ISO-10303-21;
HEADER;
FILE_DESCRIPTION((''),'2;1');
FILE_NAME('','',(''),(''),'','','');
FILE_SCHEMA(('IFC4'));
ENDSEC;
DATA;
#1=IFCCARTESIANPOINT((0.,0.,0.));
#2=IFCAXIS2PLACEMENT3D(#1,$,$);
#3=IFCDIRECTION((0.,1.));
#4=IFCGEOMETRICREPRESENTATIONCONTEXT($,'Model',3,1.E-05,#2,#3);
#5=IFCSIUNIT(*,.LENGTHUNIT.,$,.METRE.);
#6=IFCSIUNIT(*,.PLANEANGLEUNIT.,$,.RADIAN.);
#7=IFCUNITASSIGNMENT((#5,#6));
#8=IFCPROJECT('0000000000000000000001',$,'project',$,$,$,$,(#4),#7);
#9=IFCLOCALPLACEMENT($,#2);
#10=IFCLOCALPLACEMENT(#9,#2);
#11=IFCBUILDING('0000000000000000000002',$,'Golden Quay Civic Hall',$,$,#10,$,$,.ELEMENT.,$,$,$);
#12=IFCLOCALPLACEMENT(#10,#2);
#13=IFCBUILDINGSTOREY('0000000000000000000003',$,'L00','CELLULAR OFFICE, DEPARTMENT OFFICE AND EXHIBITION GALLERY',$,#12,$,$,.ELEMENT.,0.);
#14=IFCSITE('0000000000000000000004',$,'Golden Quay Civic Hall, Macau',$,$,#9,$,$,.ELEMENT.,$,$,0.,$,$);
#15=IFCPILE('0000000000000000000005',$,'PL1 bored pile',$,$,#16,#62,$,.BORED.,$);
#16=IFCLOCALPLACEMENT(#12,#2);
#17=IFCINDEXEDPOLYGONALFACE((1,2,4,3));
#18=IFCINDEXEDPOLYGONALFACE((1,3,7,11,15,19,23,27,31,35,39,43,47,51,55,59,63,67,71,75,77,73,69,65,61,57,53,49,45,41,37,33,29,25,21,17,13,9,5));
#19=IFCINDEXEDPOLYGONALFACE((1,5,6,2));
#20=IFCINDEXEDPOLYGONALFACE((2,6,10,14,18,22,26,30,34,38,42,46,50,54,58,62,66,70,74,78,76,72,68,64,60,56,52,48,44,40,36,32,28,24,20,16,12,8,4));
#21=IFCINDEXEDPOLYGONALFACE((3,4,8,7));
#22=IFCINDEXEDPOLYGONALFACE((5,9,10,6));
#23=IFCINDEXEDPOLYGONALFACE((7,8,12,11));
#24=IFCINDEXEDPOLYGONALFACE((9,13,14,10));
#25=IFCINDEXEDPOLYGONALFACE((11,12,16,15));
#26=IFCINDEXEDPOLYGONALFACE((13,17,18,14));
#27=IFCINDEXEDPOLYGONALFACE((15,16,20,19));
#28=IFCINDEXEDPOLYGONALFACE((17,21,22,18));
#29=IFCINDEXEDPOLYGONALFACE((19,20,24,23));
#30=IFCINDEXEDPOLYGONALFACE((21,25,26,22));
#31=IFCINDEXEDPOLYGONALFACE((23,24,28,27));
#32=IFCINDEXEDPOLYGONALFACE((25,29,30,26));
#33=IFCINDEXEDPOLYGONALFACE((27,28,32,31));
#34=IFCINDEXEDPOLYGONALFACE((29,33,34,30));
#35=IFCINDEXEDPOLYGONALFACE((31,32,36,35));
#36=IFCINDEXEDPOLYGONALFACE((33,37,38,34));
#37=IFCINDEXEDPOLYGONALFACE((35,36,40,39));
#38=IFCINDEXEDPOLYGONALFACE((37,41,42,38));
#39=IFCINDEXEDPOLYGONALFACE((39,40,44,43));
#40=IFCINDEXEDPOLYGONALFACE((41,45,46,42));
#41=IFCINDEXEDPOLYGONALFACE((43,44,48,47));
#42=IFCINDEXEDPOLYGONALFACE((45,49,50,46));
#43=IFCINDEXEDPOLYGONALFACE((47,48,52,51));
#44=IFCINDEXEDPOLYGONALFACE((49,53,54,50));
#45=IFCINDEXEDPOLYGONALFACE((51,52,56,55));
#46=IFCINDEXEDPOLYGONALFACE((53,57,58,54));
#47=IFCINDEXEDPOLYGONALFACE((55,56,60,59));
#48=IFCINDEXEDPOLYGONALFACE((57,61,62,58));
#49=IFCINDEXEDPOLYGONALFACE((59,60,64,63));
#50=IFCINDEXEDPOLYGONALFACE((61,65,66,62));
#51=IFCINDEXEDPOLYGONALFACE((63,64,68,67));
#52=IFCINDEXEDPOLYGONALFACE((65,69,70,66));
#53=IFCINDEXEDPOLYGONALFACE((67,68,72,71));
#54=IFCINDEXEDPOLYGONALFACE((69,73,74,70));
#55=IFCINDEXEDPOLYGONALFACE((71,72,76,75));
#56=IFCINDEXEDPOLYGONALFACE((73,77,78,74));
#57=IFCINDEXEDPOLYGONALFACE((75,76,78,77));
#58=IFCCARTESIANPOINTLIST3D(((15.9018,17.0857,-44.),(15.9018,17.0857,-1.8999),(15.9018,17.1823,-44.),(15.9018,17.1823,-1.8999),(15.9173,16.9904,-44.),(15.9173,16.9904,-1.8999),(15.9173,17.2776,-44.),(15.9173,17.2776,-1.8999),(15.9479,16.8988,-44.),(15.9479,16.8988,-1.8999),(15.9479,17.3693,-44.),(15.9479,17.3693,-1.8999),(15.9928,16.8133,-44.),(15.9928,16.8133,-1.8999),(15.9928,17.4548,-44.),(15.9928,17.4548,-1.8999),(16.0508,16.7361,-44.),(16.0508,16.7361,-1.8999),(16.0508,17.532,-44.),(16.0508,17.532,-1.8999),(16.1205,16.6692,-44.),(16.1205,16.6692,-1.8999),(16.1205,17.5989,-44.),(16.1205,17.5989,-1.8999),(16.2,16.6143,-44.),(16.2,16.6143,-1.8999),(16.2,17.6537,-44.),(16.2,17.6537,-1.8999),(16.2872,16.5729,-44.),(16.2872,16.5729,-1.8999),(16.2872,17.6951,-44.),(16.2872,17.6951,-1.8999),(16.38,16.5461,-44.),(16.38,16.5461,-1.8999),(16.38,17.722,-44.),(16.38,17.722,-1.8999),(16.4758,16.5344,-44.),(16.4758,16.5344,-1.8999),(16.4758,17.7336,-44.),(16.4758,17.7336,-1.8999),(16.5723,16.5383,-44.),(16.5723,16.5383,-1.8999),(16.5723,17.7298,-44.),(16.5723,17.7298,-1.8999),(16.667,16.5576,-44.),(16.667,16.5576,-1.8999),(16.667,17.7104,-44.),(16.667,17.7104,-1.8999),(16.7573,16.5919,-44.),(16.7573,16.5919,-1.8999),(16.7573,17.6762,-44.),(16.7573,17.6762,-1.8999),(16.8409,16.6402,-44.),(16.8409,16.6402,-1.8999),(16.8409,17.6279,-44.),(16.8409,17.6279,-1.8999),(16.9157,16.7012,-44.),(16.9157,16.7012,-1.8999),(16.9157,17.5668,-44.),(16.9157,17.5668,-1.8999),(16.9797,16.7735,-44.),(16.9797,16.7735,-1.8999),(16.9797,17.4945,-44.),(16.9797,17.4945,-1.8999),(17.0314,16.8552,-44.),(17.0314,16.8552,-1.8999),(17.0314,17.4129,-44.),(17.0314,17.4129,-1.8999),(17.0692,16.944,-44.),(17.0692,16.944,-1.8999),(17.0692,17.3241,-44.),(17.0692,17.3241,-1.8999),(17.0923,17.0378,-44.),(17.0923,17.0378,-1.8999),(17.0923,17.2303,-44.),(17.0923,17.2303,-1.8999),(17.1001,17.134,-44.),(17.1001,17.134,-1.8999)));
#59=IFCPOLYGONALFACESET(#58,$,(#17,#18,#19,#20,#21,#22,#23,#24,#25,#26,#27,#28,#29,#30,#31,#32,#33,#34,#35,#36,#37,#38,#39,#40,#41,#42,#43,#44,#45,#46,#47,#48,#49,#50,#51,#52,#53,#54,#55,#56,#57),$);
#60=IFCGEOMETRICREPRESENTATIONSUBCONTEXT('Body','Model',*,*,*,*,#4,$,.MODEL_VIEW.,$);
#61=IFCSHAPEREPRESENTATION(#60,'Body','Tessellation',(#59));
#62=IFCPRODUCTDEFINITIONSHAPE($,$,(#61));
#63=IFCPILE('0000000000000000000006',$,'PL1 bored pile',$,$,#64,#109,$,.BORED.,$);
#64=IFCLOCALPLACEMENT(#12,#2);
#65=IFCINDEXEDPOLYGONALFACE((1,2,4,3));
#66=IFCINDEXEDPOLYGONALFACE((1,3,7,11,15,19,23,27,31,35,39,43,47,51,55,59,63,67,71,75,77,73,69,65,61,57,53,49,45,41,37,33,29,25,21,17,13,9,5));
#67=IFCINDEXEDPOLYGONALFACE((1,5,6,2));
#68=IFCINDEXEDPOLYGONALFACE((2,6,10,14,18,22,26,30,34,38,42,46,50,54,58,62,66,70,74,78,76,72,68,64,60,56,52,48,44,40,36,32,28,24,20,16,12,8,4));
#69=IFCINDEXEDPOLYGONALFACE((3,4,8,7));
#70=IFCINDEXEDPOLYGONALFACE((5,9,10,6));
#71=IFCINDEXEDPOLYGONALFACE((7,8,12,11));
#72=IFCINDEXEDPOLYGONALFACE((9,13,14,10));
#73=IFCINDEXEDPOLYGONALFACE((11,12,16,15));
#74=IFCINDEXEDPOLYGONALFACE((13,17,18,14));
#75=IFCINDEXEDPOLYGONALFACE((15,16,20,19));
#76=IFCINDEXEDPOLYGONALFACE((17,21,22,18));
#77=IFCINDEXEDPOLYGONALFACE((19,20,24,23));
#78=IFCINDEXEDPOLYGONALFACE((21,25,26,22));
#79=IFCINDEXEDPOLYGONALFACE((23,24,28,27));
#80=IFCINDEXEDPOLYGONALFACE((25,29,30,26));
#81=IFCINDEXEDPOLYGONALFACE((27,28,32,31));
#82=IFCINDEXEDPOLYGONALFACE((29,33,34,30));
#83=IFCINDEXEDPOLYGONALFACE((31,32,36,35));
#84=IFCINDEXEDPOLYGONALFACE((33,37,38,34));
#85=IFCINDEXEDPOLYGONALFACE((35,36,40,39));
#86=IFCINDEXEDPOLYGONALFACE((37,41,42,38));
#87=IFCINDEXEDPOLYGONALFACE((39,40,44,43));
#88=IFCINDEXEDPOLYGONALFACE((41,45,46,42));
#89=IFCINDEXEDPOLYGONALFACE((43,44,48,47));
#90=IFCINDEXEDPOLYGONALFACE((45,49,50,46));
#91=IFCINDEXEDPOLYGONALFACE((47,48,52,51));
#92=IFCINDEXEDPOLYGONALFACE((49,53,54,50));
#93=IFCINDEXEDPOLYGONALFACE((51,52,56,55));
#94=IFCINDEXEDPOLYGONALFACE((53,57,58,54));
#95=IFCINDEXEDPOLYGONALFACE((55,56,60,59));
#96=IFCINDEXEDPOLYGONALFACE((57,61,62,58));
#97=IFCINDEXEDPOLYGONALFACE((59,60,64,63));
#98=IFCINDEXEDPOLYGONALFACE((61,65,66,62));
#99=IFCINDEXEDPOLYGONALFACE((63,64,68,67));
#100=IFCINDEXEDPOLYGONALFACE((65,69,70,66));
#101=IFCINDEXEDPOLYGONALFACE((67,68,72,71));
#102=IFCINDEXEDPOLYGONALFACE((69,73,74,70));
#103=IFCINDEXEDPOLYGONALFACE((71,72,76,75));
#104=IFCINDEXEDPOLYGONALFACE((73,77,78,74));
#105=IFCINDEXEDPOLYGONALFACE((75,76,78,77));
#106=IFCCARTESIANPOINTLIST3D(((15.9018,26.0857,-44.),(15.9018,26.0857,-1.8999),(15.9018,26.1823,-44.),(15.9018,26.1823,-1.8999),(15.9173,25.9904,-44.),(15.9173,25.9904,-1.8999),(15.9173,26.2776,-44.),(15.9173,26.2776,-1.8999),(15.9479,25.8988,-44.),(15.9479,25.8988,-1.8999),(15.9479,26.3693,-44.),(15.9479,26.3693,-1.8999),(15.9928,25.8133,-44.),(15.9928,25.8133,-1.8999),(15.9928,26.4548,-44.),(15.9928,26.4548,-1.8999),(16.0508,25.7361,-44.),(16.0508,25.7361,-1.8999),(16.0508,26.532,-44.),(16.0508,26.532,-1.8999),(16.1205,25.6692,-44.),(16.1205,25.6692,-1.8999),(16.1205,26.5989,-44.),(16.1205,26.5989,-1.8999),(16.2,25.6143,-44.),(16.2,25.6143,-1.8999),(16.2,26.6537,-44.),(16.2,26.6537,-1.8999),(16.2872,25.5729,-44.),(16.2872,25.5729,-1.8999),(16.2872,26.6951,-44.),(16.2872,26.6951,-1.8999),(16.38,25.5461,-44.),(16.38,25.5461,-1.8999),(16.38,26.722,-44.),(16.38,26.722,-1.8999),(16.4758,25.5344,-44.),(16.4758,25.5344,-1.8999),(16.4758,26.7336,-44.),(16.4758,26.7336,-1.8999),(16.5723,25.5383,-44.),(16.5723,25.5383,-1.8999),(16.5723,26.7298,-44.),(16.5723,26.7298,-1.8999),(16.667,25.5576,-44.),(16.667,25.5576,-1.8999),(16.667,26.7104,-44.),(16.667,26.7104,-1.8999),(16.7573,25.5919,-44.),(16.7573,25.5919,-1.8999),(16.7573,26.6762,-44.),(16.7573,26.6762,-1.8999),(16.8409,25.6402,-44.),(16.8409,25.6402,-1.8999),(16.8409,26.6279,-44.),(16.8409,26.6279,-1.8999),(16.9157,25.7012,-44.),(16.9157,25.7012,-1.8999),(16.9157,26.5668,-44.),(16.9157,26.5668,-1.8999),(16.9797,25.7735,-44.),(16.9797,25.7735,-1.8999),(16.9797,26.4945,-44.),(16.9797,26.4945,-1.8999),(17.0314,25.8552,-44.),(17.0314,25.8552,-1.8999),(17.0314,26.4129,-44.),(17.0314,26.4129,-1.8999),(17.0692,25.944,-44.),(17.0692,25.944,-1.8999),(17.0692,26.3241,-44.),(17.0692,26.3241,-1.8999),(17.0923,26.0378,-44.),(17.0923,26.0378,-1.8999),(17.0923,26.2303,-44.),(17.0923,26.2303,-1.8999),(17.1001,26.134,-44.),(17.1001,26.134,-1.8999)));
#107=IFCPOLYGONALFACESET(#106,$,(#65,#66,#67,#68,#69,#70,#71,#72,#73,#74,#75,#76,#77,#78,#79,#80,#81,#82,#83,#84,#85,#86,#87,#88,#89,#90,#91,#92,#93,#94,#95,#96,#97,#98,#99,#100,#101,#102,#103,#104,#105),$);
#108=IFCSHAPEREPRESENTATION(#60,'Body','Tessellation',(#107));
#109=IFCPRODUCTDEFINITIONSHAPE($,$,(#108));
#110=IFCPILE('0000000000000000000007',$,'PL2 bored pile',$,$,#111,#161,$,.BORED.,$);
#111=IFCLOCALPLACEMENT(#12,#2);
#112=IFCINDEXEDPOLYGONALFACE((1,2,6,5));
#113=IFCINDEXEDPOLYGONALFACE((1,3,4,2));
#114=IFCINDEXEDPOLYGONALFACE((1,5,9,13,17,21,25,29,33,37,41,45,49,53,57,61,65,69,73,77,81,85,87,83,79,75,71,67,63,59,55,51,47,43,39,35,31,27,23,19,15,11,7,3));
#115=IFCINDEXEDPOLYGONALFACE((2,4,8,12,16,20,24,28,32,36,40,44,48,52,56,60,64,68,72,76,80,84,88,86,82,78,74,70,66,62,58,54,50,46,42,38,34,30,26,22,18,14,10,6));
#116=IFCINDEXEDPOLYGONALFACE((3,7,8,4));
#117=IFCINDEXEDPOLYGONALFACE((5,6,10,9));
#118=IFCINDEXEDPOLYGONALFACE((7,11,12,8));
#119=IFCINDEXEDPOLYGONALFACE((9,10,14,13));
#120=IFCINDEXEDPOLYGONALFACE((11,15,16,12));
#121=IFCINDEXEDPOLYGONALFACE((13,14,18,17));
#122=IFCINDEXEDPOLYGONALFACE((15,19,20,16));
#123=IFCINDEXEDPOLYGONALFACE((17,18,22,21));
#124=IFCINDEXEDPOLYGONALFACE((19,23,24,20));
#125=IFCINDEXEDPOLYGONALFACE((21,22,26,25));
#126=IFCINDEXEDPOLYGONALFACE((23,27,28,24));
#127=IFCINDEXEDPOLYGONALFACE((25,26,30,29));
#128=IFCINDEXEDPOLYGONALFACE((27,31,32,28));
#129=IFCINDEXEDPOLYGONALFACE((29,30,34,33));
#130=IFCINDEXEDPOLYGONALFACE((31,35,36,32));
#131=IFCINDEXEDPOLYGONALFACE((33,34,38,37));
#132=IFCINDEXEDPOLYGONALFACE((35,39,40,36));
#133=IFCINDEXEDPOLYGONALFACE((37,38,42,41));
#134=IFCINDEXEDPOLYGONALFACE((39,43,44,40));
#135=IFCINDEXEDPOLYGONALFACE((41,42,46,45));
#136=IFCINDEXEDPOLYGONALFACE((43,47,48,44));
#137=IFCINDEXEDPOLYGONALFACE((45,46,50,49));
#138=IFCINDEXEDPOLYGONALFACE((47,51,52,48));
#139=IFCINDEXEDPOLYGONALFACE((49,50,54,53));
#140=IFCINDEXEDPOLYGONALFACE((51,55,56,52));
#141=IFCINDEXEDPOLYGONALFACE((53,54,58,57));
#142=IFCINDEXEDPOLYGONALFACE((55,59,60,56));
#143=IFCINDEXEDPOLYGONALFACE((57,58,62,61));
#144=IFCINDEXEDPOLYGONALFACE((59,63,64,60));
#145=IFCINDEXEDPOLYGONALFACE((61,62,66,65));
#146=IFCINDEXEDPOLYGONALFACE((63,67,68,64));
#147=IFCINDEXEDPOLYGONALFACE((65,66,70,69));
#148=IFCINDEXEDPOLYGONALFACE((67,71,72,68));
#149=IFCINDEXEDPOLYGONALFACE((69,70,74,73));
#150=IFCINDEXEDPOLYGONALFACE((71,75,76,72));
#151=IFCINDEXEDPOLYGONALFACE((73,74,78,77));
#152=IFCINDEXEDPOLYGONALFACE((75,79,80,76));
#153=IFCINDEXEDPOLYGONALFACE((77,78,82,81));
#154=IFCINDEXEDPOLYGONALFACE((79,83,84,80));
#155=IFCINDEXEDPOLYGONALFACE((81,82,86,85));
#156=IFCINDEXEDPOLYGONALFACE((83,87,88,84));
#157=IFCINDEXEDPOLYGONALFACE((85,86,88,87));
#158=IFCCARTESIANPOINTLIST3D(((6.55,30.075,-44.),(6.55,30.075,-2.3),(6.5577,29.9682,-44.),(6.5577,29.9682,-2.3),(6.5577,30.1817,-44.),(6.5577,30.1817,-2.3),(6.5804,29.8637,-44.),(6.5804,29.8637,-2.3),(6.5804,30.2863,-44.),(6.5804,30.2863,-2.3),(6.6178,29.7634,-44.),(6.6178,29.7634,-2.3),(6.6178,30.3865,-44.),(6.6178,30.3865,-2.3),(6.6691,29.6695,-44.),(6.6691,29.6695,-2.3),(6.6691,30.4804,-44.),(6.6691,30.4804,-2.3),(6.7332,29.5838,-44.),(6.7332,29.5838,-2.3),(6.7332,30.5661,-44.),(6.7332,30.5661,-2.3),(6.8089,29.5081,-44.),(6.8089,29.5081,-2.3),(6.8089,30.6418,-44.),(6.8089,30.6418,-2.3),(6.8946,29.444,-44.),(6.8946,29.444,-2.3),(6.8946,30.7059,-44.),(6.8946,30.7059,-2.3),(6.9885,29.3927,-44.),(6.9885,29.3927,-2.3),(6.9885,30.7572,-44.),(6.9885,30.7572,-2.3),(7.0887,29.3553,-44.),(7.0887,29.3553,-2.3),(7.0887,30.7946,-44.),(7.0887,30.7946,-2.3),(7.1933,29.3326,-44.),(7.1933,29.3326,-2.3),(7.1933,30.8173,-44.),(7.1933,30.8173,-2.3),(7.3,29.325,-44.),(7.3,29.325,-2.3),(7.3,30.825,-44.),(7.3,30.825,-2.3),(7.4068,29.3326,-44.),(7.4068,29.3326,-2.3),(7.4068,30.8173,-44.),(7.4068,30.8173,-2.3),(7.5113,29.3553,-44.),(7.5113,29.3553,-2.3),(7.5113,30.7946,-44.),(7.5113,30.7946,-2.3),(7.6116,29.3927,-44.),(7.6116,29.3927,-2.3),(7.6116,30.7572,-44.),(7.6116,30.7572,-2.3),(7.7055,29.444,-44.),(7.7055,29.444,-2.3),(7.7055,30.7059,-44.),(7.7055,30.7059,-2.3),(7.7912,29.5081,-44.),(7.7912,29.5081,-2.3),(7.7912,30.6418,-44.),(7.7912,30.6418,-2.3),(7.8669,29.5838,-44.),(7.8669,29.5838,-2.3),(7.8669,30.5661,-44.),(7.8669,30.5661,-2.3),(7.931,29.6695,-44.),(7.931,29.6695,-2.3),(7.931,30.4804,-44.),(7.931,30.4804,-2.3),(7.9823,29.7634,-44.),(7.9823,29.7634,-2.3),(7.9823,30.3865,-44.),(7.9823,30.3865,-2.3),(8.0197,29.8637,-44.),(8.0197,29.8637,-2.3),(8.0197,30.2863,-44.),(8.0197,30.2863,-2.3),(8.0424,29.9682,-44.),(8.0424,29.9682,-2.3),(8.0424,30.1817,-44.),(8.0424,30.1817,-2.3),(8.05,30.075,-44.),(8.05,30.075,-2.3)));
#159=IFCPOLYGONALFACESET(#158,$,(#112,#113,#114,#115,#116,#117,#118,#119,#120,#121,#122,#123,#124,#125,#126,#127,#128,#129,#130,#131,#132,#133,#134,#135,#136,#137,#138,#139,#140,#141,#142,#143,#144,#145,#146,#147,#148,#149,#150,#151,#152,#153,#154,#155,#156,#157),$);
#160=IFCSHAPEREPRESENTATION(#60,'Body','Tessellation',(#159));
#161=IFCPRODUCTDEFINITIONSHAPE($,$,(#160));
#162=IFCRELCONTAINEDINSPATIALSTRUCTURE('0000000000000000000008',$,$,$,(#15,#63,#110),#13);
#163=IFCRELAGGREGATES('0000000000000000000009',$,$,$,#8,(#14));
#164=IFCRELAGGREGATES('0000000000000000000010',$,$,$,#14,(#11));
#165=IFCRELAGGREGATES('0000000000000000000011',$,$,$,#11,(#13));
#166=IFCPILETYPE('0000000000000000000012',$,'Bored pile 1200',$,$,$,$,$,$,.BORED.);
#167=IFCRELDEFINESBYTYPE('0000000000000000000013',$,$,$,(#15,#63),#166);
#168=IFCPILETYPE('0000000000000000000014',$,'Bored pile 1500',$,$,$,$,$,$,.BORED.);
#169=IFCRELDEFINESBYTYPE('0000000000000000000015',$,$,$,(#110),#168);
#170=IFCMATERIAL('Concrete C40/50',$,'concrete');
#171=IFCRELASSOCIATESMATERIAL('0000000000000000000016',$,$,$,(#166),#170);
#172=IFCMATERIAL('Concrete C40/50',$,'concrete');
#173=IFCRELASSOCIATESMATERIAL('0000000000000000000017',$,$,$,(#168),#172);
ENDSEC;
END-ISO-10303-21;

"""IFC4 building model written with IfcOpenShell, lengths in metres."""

from ifc_helpers import new_model, si_unit, direction, frame, origin, origin_2d, place, context, subcontext, project, spatial, circle, extrude, material, material_profile, profile_set, type_object, element, save


model = new_model("IFC4")

# Units and contexts
model_context = context("Model", 3, precision=1e-05, world=origin(), true_north=direction((0.0, 1.0)))
body_context = subcontext(model_context, "Body", "Model", "MODEL_VIEW")
ifc_project = project(units=[si_unit("LENGTHUNIT", "METRE"), si_unit("PLANEANGLEUNIT", "RADIAN")], contexts=[model_context])

# Site, building, storey
site_placement = place(None, origin())
site = spatial("IfcSite", under=ifc_project, at=site_placement, Name="Golden Quay Civic Hall, Macau", CompositionType="ELEMENT", RefElevation=0.0)
building_placement = place(site_placement, origin())
building = spatial("IfcBuilding", under=site, at=building_placement, Name="Golden Quay Civic Hall", CompositionType="ELEMENT")
storey_placement = place(building_placement, origin())
storey = spatial("IfcBuildingStorey", under=building, at=storey_placement, Name="L00", Description="CELLULAR OFFICE, DEPARTMENT OFFICE AND EXHIBITION GALLERY", CompositionType="ELEMENT", Elevation=0.0)

# Piles
ifc_material_1 = material(Name="Concrete C40/50", Category="concrete")
ifc_material_profile_1 = material_profile(ifc_material_1, circle(Radius=0.6001, at=origin_2d()), Name="RC D1200")
ifc_profile_set_1 = profile_set([ifc_material_profile_1], Name="Concrete C40/50")
pile_type_1 = type_object("IfcPileType", Name="Bored pile 1200", PredefinedType="BORED", material=ifc_profile_set_1)
for number, where, z_axis, x_axis, name in (
    (1, (16.5, 17.134, -1.8999), (0.0, 0.0, -1.0), (1.0, 0.0, 0.0), "PL1 bored pile"),
    (2, (16.5, 26.134, -1.8999), (0.0, 0.0, -1.0), (1.0, 0.0, 0.0), "PL1 bored pile"),
):
    element("IfcPile", number, at=place(storey_placement, frame(where, z_axis=z_axis, x_axis=x_axis)), inside=storey, type_object=pile_type_1, Name=name, PredefinedType="BORED", context=body_context, shape_type="SweptSolid", body=[
        extrude(circle(Radius=0.6001, at=origin_2d()), origin(), (0.0, 0.0, 1.0), 42.1001),
    ])
ifc_material_2 = material(Name="Concrete C40/50", Category="concrete")
ifc_material_profile_2 = material_profile(ifc_material_2, circle(Radius=0.75, at=origin_2d()), Name="RC D1500")
ifc_profile_set_2 = profile_set([ifc_material_profile_2], Name="Concrete C40/50")
pile_type_2 = type_object("IfcPileType", Name="Bored pile 1500", PredefinedType="BORED", material=ifc_profile_set_2)
pile_placement = place(storey_placement, frame((7.3, 30.075, -2.3), z_axis=(0.0, 0.0, -1.0), x_axis=(1.0, 0.0, 0.0)))
element("IfcPile", 3, at=pile_placement, inside=storey, type_object=pile_type_2, Name="PL2 bored pile", PredefinedType="BORED", context=body_context, shape_type="SweptSolid", body=[
    extrude(circle(Radius=0.75, at=origin_2d()), origin(), (0.0, 0.0, 1.0), 41.7),
])

save(model, "model.ifc")
